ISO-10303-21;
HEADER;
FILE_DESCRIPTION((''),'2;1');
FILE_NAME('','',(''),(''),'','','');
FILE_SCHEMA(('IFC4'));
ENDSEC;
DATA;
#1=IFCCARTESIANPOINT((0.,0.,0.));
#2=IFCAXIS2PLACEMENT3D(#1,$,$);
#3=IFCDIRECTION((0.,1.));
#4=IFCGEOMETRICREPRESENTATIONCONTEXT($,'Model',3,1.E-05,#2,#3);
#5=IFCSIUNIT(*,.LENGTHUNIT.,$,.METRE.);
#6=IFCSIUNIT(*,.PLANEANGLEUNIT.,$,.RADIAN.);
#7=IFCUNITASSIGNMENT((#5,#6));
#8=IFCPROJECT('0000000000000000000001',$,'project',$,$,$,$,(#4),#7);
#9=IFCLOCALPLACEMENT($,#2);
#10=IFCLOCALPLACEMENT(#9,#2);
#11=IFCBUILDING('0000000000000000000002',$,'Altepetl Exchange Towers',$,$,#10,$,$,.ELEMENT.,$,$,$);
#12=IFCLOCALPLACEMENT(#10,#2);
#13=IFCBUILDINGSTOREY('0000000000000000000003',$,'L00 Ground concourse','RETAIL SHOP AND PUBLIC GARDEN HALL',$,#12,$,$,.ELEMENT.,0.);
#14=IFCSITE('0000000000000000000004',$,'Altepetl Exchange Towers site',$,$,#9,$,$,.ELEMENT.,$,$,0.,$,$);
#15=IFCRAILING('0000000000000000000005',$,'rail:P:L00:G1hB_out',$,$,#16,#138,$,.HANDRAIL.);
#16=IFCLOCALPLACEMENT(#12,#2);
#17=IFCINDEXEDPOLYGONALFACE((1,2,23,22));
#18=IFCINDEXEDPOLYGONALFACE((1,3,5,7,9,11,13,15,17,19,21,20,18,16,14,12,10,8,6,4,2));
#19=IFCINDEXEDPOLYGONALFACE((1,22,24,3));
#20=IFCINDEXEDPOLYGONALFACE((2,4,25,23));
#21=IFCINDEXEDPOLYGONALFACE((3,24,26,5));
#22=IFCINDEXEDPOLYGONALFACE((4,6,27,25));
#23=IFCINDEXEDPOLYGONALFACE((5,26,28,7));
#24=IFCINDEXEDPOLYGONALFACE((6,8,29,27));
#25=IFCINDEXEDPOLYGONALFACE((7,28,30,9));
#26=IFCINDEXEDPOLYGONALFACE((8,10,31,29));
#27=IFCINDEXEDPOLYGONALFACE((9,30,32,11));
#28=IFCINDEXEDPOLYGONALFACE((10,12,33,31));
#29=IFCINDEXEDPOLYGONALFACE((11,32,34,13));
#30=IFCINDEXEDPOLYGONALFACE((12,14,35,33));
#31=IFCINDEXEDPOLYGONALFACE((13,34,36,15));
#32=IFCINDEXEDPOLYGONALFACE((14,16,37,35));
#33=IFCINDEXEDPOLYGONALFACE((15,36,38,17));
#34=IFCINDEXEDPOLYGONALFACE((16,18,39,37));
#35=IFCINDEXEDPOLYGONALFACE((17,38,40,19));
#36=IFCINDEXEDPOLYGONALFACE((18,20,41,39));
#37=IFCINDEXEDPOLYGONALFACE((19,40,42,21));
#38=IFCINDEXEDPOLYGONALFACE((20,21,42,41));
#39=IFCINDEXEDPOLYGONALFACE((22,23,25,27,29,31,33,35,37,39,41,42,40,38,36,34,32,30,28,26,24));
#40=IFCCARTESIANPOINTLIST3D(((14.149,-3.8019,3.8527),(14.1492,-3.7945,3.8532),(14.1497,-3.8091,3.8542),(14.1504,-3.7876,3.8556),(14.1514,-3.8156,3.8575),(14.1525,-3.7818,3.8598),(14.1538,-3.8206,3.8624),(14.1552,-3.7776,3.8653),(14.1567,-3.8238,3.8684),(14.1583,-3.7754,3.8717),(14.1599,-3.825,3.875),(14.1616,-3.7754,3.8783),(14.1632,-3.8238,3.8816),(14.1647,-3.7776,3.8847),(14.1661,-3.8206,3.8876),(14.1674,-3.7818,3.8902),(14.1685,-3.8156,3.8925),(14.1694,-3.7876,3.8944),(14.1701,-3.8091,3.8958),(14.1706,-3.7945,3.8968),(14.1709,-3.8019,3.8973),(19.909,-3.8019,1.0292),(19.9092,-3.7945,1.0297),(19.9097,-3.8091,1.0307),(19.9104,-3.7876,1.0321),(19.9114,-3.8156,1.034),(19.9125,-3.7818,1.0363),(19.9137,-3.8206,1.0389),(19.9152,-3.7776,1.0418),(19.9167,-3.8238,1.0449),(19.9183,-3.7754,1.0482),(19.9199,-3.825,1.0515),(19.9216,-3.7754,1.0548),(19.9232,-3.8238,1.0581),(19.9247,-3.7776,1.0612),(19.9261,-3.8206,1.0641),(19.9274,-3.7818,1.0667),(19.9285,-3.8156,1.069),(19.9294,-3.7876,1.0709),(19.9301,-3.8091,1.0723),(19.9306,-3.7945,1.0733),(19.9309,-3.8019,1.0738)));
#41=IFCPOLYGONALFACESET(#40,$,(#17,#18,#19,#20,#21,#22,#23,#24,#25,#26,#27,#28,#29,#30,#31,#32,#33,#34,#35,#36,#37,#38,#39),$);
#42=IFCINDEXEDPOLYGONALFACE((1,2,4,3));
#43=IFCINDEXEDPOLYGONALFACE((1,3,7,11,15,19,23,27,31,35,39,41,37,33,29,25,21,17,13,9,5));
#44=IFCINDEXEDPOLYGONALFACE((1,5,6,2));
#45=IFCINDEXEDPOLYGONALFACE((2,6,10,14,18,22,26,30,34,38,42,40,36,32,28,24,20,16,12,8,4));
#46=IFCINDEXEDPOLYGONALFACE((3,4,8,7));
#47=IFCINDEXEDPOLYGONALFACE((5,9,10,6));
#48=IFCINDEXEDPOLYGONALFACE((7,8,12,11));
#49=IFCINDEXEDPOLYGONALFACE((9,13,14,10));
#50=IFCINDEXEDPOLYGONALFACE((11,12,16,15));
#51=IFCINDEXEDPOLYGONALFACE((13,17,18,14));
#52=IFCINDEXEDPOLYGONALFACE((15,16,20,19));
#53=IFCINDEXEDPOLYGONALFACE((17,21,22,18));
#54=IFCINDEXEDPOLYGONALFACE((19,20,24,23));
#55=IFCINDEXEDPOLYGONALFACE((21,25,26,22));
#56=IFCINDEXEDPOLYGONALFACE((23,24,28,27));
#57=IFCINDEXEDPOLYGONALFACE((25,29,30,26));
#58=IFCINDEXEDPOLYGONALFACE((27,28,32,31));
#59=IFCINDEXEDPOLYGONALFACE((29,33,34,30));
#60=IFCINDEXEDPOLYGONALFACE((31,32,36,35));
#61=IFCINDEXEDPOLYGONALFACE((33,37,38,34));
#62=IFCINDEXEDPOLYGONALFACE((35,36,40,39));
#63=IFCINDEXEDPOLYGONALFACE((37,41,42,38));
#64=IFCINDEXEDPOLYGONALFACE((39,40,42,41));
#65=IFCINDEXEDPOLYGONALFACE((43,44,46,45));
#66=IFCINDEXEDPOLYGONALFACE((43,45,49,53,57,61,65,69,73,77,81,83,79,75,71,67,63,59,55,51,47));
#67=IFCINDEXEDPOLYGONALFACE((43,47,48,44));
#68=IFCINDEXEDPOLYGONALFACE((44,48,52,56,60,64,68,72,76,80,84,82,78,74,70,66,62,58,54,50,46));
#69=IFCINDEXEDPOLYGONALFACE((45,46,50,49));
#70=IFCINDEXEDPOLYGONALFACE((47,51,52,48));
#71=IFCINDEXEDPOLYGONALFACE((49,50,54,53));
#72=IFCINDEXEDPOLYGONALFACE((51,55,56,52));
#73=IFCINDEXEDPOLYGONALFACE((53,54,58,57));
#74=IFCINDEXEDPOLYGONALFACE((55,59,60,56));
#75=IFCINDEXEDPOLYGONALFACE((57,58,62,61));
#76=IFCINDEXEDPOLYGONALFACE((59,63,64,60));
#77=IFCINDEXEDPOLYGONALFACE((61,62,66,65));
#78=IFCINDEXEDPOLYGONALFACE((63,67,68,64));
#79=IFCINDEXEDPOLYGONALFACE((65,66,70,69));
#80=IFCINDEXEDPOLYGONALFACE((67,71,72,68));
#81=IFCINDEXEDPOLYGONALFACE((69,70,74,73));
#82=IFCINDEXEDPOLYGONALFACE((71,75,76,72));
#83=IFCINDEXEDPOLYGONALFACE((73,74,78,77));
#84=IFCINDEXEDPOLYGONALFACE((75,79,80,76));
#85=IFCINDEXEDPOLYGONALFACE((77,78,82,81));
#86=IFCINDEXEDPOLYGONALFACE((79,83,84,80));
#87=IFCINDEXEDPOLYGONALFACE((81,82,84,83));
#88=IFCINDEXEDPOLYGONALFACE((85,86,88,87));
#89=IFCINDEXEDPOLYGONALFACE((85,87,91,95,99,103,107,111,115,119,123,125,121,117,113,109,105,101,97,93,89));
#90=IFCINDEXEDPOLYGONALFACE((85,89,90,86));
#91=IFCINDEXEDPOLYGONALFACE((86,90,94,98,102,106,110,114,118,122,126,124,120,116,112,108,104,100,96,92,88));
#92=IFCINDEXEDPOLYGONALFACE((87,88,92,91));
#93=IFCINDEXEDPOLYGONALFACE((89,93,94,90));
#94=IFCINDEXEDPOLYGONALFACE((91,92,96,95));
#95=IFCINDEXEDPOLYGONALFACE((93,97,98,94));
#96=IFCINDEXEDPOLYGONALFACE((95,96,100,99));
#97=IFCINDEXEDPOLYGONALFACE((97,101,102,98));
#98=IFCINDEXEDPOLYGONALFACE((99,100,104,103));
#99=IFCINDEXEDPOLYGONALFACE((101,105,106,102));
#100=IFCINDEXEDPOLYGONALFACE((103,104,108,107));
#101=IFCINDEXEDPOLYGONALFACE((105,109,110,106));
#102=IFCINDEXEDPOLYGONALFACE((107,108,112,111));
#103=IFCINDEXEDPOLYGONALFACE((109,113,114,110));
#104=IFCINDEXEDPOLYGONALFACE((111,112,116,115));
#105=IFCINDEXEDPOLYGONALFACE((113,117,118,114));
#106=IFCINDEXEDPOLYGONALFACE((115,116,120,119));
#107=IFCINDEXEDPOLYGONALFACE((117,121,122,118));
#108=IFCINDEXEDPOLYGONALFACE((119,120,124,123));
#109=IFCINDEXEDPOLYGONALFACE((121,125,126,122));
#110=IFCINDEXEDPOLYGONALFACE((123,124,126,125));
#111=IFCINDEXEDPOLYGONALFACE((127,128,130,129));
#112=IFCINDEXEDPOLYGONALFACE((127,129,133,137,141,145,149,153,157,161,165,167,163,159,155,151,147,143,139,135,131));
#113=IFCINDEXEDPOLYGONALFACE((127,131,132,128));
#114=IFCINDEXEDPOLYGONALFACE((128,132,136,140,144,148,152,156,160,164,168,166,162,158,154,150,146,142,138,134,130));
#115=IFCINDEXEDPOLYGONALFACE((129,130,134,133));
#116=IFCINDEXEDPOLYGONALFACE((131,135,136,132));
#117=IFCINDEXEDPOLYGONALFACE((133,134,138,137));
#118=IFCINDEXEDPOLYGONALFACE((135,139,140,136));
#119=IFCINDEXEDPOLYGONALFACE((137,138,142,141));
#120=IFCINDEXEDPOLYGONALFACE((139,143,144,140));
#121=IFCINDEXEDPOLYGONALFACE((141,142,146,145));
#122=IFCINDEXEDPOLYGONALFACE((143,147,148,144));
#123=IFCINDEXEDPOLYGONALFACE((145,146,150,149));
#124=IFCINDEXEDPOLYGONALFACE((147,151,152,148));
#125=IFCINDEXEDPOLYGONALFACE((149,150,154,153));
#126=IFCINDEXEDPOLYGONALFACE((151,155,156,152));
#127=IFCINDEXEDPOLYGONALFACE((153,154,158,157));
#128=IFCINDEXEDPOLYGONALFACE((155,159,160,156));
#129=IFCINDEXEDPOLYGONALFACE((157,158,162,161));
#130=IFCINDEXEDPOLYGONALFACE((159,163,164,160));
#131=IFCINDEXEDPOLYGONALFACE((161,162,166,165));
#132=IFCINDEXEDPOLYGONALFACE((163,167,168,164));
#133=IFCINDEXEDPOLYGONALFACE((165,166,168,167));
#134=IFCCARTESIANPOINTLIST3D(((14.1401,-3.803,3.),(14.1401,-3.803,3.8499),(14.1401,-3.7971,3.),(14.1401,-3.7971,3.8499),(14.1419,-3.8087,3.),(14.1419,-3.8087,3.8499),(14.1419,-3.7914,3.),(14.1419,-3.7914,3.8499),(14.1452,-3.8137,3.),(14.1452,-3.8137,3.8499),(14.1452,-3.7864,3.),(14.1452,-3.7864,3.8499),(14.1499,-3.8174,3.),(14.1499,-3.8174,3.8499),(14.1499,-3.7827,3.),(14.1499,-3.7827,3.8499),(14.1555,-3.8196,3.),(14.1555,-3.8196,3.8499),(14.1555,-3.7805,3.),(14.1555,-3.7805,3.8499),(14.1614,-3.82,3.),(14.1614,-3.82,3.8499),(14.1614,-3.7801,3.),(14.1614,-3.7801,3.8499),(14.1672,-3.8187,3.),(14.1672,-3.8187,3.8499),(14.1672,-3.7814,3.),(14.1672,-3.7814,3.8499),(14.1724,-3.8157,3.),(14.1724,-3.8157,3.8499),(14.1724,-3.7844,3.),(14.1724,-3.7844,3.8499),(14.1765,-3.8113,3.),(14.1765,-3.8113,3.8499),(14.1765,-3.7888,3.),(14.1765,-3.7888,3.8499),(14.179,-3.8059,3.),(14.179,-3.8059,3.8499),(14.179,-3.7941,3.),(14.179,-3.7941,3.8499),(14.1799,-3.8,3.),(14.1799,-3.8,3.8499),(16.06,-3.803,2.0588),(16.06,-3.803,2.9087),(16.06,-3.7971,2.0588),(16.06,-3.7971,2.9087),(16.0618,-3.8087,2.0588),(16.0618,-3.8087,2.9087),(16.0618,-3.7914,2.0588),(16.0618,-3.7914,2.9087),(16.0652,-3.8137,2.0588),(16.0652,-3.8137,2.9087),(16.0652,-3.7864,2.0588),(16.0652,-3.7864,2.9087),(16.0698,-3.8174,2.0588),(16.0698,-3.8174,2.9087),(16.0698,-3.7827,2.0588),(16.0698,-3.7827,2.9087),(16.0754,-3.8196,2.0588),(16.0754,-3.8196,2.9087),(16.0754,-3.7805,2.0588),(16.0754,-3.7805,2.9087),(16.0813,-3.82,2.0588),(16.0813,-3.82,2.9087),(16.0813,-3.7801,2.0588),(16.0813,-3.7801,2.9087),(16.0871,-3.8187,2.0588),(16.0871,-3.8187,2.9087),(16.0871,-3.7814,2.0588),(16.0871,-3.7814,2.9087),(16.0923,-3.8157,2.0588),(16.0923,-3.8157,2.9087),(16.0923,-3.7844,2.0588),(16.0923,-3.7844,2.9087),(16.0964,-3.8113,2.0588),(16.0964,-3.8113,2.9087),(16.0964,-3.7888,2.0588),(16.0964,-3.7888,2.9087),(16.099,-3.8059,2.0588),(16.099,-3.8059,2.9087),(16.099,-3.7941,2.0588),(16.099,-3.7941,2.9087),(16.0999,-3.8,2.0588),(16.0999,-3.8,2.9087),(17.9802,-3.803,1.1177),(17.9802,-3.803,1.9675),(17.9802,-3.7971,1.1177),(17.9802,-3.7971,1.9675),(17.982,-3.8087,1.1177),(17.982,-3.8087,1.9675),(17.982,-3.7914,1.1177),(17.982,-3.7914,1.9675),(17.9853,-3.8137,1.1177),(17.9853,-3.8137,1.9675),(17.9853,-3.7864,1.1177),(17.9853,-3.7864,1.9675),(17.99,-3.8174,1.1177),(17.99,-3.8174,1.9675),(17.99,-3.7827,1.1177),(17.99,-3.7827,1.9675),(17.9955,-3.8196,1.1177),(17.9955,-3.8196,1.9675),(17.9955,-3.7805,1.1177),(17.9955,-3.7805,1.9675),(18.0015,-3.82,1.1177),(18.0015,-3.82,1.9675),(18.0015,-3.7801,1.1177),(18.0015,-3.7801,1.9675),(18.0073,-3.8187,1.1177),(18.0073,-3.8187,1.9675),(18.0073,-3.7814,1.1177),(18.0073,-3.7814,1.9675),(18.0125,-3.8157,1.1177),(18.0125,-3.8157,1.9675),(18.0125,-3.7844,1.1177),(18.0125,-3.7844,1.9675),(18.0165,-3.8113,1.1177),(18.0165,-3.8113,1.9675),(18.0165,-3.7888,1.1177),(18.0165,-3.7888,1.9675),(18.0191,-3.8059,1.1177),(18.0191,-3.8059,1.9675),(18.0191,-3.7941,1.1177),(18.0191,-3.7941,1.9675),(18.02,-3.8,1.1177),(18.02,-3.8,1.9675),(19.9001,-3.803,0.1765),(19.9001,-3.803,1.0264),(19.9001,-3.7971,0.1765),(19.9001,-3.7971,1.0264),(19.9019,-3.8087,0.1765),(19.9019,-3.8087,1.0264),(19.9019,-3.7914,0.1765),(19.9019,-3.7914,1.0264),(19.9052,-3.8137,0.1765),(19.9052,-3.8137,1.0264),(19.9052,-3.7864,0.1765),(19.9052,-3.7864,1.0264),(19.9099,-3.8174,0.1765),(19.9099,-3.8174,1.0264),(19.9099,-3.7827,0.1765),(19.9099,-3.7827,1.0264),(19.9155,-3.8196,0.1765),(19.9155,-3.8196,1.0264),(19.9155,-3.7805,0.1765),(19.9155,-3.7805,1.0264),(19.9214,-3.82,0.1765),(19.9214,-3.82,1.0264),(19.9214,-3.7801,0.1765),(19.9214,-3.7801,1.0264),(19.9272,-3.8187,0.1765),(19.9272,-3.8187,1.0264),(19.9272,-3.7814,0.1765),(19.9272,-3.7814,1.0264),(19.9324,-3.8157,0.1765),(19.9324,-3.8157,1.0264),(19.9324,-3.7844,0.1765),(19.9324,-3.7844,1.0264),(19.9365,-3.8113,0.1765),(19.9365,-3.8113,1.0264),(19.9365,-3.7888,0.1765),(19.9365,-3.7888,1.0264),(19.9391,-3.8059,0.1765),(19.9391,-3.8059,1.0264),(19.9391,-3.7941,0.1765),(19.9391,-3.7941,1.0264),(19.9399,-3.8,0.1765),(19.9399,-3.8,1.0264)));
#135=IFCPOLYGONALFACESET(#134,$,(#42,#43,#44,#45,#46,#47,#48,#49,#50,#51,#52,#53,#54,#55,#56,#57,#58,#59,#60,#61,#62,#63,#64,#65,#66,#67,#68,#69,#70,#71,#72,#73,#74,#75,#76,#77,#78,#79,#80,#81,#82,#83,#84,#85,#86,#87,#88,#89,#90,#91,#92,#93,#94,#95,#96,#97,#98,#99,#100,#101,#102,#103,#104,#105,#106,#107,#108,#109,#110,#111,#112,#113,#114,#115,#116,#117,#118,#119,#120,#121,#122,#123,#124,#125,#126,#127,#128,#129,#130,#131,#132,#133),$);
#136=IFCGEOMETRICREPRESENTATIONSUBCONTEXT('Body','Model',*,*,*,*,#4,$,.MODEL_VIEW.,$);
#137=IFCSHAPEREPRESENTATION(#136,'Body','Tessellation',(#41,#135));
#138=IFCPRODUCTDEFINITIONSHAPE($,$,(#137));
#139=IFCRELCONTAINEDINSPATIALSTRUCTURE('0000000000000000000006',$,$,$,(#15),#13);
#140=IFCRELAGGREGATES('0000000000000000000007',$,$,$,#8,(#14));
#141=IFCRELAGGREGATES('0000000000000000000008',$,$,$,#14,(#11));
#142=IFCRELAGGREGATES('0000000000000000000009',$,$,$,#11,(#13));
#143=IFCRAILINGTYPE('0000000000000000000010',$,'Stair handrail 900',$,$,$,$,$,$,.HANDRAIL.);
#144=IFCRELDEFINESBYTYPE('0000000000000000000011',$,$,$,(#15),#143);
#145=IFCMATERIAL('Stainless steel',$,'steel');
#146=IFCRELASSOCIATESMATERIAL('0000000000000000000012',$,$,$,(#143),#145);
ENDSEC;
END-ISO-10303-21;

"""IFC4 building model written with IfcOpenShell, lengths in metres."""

from ifc_helpers import new_model, si_unit, direction, frame, origin, origin_2d, place, context, subcontext, project, spatial, circle, extrude, source, transform, mapped, material, type_object, element, save


model = new_model("IFC4")

# Units and contexts
model_context = context("Model", 3, precision=1e-05, world=origin(), true_north=direction((0.0, 1.0)))
body_context = subcontext(model_context, "Body", "Model", "MODEL_VIEW")
ifc_project = project(units=[si_unit("LENGTHUNIT", "METRE"), si_unit("PLANEANGLEUNIT", "RADIAN")], contexts=[model_context])

# Site, building, storey
site_placement = place(None, origin())
site = spatial("IfcSite", under=ifc_project, at=site_placement, Name="Altepetl Exchange Towers site", CompositionType="ELEMENT", RefElevation=0.0)
building_placement = place(site_placement, origin())
building = spatial("IfcBuilding", under=site, at=building_placement, Name="Altepetl Exchange Towers", CompositionType="ELEMENT")
storey_placement = place(building_placement, origin())
storey = spatial("IfcBuildingStorey", under=building, at=storey_placement, Name="L00 Ground concourse", Description="RETAIL SHOP AND PUBLIC GARDEN HALL", CompositionType="ELEMENT", Elevation=0.0)

# Railing
ifc_material_1 = material(Name="Stainless steel", Category="steel")
railing_type_1 = type_object("IfcRailingType", Name="Stair handrail 900", PredefinedType="HANDRAIL", material=ifc_material_1)
shared_shape_1 = source(origin(), body_context, "Body", "SweptSolid", [
    extrude(circle(Radius=0.02, at=origin_2d()), origin(), (0.0, 0.0, 1.0), 0.8499),
])
for number, where, name in (
    (1, (19.9199, -3.8, 0.1765), "rail:P:L00:G1hB_out"),
):
    element("IfcRailing", number, at=place(storey_placement, frame(where)), inside=storey, type_object=railing_type_1, Name=name, PredefinedType="HANDRAIL", context=body_context, shape_type="SweptSolid", body=[
        extrude(circle(Radius=0.0249, at=origin_2d()), frame((0.0, 0.0, 0.875), z_axis=(-0.897924, 0.0, 0.440151), x_axis=(0.0, -1.0, 0.0)), (0.0, 0.0, 1.0), 6.4148),
        mapped(shared_shape_1, transform((0.0, 0.0, 0.0))),
        mapped(shared_shape_1, transform((-1.9199, 0.0, 0.9412))),
        mapped(shared_shape_1, transform((-3.8401, 0.0, 1.8823))),
        mapped(shared_shape_1, transform((-5.76, 0.0, 2.8235))),
    ])

save(model, "model.ifc")
